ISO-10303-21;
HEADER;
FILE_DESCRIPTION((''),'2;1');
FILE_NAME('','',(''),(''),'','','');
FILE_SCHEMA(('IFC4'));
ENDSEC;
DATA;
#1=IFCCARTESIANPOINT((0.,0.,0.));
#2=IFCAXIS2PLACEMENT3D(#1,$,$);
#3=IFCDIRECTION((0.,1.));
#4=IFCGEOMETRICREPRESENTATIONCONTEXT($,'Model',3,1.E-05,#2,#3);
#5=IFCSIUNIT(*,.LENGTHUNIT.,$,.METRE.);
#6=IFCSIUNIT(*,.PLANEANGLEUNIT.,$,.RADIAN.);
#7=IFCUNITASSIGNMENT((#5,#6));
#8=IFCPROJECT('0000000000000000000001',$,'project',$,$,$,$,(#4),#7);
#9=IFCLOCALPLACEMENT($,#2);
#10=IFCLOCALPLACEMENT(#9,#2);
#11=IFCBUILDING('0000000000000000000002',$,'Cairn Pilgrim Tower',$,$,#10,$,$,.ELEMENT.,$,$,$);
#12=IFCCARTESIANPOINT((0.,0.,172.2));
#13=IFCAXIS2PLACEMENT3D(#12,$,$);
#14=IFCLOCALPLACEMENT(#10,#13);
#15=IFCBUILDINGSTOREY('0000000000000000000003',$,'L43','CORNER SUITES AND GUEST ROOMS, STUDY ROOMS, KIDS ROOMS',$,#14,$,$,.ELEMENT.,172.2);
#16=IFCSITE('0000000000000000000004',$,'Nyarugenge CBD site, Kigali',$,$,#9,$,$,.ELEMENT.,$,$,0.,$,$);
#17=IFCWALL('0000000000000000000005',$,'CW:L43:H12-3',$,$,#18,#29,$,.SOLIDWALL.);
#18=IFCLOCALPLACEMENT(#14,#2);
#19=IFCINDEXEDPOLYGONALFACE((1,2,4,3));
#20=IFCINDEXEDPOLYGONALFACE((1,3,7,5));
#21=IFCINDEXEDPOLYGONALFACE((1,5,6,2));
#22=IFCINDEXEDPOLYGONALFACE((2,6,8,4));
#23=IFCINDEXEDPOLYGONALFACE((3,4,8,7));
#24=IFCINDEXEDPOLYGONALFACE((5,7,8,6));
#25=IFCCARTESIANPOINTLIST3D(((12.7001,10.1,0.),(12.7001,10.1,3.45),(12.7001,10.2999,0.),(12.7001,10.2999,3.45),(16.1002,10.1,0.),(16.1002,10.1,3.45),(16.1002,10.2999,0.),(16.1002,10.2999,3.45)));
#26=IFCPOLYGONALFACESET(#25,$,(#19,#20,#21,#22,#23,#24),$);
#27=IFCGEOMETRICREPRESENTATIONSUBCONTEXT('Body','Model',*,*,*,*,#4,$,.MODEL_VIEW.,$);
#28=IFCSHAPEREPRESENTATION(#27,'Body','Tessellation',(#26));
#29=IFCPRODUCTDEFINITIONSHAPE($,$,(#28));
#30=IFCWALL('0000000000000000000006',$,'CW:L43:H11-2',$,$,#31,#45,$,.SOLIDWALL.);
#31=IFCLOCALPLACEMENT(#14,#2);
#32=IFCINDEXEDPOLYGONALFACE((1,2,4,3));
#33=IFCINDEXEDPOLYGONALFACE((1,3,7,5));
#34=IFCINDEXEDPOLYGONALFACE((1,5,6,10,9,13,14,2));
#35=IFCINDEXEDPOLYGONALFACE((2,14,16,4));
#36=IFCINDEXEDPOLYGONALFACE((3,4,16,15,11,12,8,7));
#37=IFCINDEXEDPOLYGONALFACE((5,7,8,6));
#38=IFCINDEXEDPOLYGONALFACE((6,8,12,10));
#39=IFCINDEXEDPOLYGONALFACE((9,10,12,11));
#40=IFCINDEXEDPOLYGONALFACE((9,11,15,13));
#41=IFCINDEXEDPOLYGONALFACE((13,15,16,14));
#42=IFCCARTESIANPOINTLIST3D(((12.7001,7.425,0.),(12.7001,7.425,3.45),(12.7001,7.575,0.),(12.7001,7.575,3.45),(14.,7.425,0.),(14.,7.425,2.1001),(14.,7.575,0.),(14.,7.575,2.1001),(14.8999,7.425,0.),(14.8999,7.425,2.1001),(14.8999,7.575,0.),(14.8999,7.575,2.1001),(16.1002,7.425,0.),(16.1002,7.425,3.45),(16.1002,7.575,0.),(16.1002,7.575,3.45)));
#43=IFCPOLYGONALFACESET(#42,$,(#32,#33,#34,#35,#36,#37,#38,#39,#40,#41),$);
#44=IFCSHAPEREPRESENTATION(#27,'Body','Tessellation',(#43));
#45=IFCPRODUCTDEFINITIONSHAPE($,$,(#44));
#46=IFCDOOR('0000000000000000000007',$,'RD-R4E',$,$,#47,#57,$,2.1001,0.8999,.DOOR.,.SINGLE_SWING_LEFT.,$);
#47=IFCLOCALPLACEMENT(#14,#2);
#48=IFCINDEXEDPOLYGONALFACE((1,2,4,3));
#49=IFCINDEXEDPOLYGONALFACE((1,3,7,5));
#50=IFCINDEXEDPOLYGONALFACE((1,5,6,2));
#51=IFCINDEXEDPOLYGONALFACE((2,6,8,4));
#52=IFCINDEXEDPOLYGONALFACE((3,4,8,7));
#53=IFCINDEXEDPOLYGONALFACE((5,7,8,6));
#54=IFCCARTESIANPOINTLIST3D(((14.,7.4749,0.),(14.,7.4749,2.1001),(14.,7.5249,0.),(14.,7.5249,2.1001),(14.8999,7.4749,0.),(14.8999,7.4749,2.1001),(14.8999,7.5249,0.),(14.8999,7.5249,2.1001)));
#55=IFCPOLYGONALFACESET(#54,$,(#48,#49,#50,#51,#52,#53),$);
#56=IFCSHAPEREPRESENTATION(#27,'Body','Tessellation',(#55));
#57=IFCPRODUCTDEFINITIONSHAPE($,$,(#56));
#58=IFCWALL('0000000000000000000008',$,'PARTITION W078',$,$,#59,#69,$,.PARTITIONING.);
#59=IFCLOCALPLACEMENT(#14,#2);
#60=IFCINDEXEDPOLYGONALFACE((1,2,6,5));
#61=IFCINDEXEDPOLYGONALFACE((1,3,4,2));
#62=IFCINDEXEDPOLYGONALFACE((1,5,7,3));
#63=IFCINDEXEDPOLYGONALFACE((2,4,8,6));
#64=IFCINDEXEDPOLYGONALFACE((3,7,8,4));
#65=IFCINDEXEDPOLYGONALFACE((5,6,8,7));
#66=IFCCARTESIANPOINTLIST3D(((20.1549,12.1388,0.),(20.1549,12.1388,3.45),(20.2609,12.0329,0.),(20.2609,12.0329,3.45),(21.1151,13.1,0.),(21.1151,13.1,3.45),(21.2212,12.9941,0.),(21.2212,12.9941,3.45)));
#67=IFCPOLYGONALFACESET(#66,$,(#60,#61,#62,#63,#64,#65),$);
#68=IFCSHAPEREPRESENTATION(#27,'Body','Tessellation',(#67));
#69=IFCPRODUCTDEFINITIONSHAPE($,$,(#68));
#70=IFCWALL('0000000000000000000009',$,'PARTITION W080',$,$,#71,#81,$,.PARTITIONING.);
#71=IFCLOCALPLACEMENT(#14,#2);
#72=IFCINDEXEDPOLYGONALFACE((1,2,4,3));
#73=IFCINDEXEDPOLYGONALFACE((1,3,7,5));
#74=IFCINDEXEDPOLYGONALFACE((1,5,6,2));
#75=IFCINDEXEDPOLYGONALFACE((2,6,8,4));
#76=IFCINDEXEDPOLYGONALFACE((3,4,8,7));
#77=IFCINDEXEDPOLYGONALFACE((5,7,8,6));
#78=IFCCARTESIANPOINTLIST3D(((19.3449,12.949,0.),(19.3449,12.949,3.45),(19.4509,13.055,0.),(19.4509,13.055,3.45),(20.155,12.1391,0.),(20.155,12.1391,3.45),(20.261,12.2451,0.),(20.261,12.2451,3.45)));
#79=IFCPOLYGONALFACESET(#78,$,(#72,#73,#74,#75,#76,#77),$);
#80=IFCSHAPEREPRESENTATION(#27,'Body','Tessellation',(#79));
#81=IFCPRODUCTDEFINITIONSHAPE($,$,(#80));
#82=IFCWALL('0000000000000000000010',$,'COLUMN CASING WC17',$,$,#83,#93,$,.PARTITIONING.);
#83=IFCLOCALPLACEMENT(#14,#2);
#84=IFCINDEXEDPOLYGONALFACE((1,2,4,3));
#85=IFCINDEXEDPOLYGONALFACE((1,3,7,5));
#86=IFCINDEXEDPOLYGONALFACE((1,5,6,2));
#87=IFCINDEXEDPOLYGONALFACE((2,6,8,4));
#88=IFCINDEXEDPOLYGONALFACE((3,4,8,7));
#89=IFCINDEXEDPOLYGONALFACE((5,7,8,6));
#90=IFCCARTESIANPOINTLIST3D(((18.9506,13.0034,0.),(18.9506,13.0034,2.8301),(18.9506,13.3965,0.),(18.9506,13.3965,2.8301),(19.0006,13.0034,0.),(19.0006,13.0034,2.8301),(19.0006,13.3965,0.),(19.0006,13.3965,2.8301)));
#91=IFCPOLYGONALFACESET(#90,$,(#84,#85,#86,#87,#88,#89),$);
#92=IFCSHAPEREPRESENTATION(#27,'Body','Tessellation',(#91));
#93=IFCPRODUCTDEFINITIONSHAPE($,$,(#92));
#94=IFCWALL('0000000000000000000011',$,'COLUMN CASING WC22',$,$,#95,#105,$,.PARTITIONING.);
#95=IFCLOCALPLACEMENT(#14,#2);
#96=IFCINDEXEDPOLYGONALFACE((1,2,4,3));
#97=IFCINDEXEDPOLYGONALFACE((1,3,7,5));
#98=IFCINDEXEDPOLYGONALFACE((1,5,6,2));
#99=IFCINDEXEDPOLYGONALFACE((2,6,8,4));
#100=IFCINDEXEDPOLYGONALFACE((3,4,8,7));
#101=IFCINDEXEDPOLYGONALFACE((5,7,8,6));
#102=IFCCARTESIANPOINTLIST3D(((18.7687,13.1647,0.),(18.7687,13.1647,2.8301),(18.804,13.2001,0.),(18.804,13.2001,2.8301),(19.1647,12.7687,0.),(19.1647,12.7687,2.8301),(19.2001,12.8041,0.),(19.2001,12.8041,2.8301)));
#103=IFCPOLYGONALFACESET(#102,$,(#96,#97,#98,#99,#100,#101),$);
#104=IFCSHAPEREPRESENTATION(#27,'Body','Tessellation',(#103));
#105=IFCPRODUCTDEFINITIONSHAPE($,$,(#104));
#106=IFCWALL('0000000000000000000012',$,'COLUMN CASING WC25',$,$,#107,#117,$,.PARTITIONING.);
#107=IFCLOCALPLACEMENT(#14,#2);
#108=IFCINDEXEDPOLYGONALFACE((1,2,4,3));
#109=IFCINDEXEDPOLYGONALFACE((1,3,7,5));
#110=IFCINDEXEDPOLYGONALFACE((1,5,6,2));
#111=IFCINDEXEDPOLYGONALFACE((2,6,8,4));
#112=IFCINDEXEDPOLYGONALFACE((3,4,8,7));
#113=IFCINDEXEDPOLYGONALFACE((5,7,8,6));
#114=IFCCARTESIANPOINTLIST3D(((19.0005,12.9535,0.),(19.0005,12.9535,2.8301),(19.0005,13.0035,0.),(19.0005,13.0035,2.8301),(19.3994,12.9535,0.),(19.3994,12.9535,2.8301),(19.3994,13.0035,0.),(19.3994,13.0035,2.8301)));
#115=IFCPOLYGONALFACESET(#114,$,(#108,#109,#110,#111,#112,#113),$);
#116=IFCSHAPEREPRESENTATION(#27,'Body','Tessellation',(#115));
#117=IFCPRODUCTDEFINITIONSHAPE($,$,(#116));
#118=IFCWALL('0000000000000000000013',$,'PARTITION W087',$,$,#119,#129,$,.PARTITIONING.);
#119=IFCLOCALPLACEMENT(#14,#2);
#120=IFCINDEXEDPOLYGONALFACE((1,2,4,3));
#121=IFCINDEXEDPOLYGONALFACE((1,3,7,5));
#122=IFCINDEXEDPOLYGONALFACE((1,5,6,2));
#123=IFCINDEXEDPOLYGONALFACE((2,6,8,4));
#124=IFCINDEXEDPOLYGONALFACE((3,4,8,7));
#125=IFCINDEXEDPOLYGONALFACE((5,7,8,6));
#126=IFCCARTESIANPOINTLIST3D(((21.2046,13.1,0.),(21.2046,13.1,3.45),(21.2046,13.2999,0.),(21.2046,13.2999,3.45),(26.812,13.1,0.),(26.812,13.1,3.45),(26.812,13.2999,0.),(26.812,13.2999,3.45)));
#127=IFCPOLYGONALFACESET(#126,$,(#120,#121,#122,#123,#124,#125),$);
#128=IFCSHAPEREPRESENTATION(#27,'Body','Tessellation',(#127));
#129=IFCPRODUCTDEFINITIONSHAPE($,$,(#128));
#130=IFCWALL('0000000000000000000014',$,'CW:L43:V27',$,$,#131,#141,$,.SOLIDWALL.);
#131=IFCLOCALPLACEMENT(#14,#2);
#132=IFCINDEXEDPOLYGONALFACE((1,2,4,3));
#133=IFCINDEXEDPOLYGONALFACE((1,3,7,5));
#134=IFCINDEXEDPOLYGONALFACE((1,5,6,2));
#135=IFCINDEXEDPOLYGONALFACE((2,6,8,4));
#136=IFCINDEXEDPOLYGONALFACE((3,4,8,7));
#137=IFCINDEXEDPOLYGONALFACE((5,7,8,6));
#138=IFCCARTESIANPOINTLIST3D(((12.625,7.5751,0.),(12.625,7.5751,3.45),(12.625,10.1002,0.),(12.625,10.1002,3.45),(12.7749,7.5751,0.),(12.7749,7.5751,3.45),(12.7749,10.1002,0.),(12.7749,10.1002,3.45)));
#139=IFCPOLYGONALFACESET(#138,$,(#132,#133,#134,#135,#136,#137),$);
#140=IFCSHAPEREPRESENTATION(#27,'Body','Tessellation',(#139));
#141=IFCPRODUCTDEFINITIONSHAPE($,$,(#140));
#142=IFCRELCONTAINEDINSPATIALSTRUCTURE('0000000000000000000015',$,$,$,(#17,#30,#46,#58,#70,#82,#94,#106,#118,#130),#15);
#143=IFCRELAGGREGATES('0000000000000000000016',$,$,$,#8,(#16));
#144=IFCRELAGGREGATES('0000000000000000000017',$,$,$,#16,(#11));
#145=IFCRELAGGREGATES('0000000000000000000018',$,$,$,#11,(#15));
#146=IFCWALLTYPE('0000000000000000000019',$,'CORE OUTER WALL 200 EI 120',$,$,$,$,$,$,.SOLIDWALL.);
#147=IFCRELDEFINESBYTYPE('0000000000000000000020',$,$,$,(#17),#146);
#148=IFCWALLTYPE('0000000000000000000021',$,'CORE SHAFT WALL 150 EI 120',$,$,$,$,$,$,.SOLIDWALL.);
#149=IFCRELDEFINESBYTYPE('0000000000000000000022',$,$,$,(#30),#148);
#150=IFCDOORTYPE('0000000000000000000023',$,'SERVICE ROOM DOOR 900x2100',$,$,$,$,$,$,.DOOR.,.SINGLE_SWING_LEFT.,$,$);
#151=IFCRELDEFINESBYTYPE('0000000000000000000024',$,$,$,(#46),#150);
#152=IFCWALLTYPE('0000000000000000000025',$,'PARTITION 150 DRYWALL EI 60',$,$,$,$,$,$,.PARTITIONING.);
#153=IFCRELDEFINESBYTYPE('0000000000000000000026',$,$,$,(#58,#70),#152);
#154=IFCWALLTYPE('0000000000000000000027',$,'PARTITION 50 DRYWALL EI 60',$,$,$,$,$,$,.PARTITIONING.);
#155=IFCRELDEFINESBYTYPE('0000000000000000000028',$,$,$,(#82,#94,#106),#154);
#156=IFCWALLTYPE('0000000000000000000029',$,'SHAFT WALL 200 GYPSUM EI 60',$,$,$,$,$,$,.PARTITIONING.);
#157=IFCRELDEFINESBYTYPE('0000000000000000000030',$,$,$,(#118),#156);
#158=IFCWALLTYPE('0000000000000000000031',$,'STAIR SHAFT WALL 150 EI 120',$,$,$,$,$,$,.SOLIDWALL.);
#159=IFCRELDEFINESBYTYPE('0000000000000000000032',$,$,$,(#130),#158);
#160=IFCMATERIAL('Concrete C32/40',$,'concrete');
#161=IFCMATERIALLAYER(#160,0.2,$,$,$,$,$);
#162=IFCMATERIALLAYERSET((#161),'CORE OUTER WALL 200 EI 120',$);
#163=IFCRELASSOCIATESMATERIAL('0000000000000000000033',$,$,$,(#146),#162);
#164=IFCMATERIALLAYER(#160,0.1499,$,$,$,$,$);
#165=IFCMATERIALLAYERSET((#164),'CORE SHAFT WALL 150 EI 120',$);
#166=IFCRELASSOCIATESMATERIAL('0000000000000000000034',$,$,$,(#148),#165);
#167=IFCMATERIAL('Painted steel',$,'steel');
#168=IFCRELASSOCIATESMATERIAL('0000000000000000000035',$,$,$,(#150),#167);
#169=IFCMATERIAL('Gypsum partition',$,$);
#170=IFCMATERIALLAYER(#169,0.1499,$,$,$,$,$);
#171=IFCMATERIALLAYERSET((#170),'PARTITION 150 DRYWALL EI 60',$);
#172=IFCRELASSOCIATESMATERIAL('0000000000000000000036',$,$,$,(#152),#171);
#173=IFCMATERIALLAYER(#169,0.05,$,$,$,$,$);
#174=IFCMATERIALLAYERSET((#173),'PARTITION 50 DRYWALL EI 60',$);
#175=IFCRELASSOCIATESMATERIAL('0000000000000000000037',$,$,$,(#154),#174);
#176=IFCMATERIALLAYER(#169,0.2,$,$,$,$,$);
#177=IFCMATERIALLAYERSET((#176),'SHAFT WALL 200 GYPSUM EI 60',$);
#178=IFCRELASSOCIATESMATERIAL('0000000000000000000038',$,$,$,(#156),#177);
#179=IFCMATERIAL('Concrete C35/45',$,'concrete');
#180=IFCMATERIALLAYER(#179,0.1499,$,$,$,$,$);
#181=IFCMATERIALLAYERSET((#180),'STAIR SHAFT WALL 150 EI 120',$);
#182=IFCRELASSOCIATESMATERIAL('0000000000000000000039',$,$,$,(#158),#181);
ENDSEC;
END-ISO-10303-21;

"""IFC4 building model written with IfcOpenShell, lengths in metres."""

from ifc_helpers import new_model, si_unit, direction, frame, frame_2d, origin, place, context, subcontext, project, spatial, rectangle, extrude, material, layer, layer_set, type_object, element, fill, save


model = new_model("IFC4")

# Units and contexts
model_context = context("Model", 3, precision=1e-05, world=origin(), true_north=direction((0.0, 1.0)))
body_context = subcontext(model_context, "Body", "Model", "MODEL_VIEW")
ifc_project = project(units=[si_unit("LENGTHUNIT", "METRE"), si_unit("PLANEANGLEUNIT", "RADIAN")], contexts=[model_context])

# Site, building, storey
site_placement = place(None, origin())
site = spatial("IfcSite", under=ifc_project, at=site_placement, Name="Nyarugenge CBD site, Kigali", CompositionType="ELEMENT", RefElevation=0.0)
building_placement = place(site_placement, origin())
building = spatial("IfcBuilding", under=site, at=building_placement, Name="Cairn Pilgrim Tower", CompositionType="ELEMENT")
storey_placement = place(building_placement, frame((0.0, 0.0, 172.2)))
storey = spatial("IfcBuildingStorey", under=building, at=storey_placement, Name="L43", Description="CORNER SUITES AND GUEST ROOMS, STUDY ROOMS, KIDS ROOMS", CompositionType="ELEMENT", Elevation=172.2)

# Wall
ifc_material_1 = material(Name="Concrete C32/40", Category="concrete")
ifc_layer_1 = layer(ifc_material_1, 0.2)
ifc_layer_set_1 = layer_set([ifc_layer_1], Name="CORE OUTER WALL 200 EI 120")
wall_type_1 = type_object("IfcWallType", Name="CORE OUTER WALL 200 EI 120", PredefinedType="SOLIDWALL", material=ifc_layer_set_1)
wall_1_placement = place(storey_placement, frame((12.7, 10.2, 0.0), z_axis=(0.0, 0.0, 1.0), x_axis=(1.0, 0.0, 0.0)))
element("IfcWall", 1, at=wall_1_placement, inside=storey, type_object=wall_type_1, Name="CW:L43:H12-3", PredefinedType="SOLIDWALL", context=body_context, shape_type="SweptSolid", body=[
    extrude(rectangle(XDim=3.4001, YDim=0.2, at=frame_2d((1.7002, 0.0))), origin(), (0.0, 0.0, 1.0), 3.45),
])

# Wall, opening, door
ifc_layer_2 = layer(ifc_material_1, 0.1499)
ifc_layer_set_2 = layer_set([ifc_layer_2], Name="CORE SHAFT WALL 150 EI 120")
wall_type_2 = type_object("IfcWallType", Name="CORE SHAFT WALL 150 EI 120", PredefinedType="SOLIDWALL", material=ifc_layer_set_2)
wall_2_placement = place(storey_placement, frame((12.7, 7.5, 0.0), z_axis=(0.0, 0.0, 1.0), x_axis=(1.0, 0.0, 0.0)))
wall_2 = element("IfcWall", 2, at=wall_2_placement, inside=storey, type_object=wall_type_2, Name="CW:L43:H11-2", PredefinedType="SOLIDWALL", context=body_context, shape_type="SweptSolid", body=[
    extrude(rectangle(XDim=3.4001, YDim=0.1499, at=frame_2d((1.7002, 0.0))), origin(), (0.0, 0.0, 1.0), 3.45),
])
opening_placement = place(wall_2_placement, frame((1.3, 0.0, 0.0)))
opening = element("IfcOpeningElement", 3, at=opening_placement, cuts=wall_2, PredefinedType="OPENING", context=body_context, shape_type="SweptSolid", body=[
    extrude(rectangle(XDim=0.8999, YDim=2.1001, at=frame_2d((0.45, 1.05))), frame((0.0, 0.085, 0.0), z_axis=(0.0, -1.0, 0.0), x_axis=(1.0, 0.0, 0.0)), (0.0, 0.0, 1.0), 0.1699),
])
ifc_material_2 = material(Name="Painted steel", Category="steel")
door_type = type_object("IfcDoorType", Name="SERVICE ROOM DOOR 900x2100", OperationType="SINGLE_SWING_LEFT", PredefinedType="DOOR", material=ifc_material_2)
door_placement = place(opening_placement, origin())
door = element("IfcDoor", 4, at=door_placement, inside=storey, type_object=door_type, Name="RD-R4E", OperationType="SINGLE_SWING_LEFT", OverallHeight=2.1001, OverallWidth=0.8999, PredefinedType="DOOR", context=body_context, shape_type="SweptSolid", body=[
    extrude(rectangle(XDim=0.8999, YDim=2.1001, at=frame_2d((0.45, 1.05))), frame((0.0, 0.0249, 0.0), z_axis=(0.0, -1.0, 0.0), x_axis=(1.0, 0.0, 0.0)), (0.0, 0.0, 1.0), 0.05),
])
fill(opening, door)

# Walls
ifc_material_3 = material(Name="Gypsum partition")
ifc_layer_3 = layer(ifc_material_3, 0.1499)
ifc_layer_set_3 = layer_set([ifc_layer_3], Name="PARTITION 150 DRYWALL EI 60")
wall_type_3 = type_object("IfcWallType", Name="PARTITION 150 DRYWALL EI 60", PredefinedType="PARTITIONING", material=ifc_layer_set_3)
wall_3_placement = place(storey_placement, frame((20.208, 12.0859, 0.0), z_axis=(0.0, 0.0, 1.0), x_axis=(0.706747, 0.707466, 0.0)))
element("IfcWall", 5, at=wall_3_placement, inside=storey, type_object=wall_type_3, Name="PARTITION W078", PredefinedType="PARTITIONING", context=body_context, shape_type="SweptSolid", body=[
    extrude(rectangle(XDim=1.3586, YDim=0.1499, at=frame_2d((0.6792, 0.0))), origin(), (0.0, 0.0, 1.0), 3.45),
])
wall_4_placement = place(storey_placement, frame((20.208, 12.1921, 0.0), z_axis=(0.0, 0.0, 1.0), x_axis=(-0.707213, 0.707, 0.0)))
element("IfcWall", 6, at=wall_4_placement, inside=storey, type_object=wall_type_3, Name="PARTITION W080", PredefinedType="PARTITIONING", context=body_context, shape_type="SweptSolid", body=[
    extrude(rectangle(XDim=1.1455, YDim=0.1499, at=frame_2d((0.5728, 0.0))), origin(), (0.0, 0.0, 1.0), 3.45),
])
ifc_layer_4 = layer(ifc_material_3, 0.05)
ifc_layer_set_4 = layer_set([ifc_layer_4], Name="PARTITION 50 DRYWALL EI 60")
wall_type_4 = type_object("IfcWallType", Name="PARTITION 50 DRYWALL EI 60", PredefinedType="PARTITIONING", material=ifc_layer_set_4)
wall_5_placement = place(storey_placement, frame((18.9756, 13.0034, 0.0), z_axis=(0.0, 0.0, 1.0), x_axis=(0.0, 1.0, 0.0)))
element("IfcWall", 7, at=wall_5_placement, inside=storey, type_object=wall_type_4, Name="COLUMN CASING WC17", PredefinedType="PARTITIONING", context=body_context, shape_type="SweptSolid", body=[
    extrude(rectangle(XDim=0.3931, YDim=0.05, at=frame_2d((0.1965, 0.0))), origin(), (0.0, 0.0, 1.0), 2.8301),
])
wall_6_placement = place(storey_placement, frame((19.1824, 12.7864, 0.0), z_axis=(0.0, 0.0, 1.0), x_axis=(-0.707107, 0.707107, 0.0)))
element("IfcWall", 8, at=wall_6_placement, inside=storey, type_object=wall_type_4, Name="COLUMN CASING WC22", PredefinedType="PARTITIONING", context=body_context, shape_type="SweptSolid", body=[
    extrude(rectangle(XDim=0.5601, YDim=0.05, at=frame_2d((0.28, 0.0))), origin(), (0.0, 0.0, 1.0), 2.8301),
])
wall_7_placement = place(storey_placement, frame((19.0005, 12.9785, 0.0), z_axis=(0.0, 0.0, 1.0), x_axis=(1.0, 0.0, 0.0)))
element("IfcWall", 9, at=wall_7_placement, inside=storey, type_object=wall_type_4, Name="COLUMN CASING WC25", PredefinedType="PARTITIONING", context=body_context, shape_type="SweptSolid", body=[
    extrude(rectangle(XDim=0.3989, YDim=0.05, at=frame_2d((0.1995, 0.0))), origin(), (0.0, 0.0, 1.0), 2.8301),
])
ifc_layer_5 = layer(ifc_material_3, 0.2)
ifc_layer_set_5 = layer_set([ifc_layer_5], Name="SHAFT WALL 200 GYPSUM EI 60")
wall_type_5 = type_object("IfcWallType", Name="SHAFT WALL 200 GYPSUM EI 60", PredefinedType="PARTITIONING", material=ifc_layer_set_5)
wall_8_placement = place(storey_placement, frame((21.2046, 13.2, 0.0), z_axis=(0.0, 0.0, 1.0), x_axis=(1.0, 0.0, 0.0)))
element("IfcWall", 10, at=wall_8_placement, inside=storey, type_object=wall_type_5, Name="PARTITION W087", PredefinedType="PARTITIONING", context=body_context, shape_type="SweptSolid", body=[
    extrude(rectangle(XDim=5.6074, YDim=0.2, at=frame_2d((2.8037, 0.0))), origin(), (0.0, 0.0, 1.0), 3.45),
])
ifc_material_4 = material(Name="Concrete C35/45", Category="concrete")
ifc_layer_6 = layer(ifc_material_4, 0.1499)
ifc_layer_set_6 = layer_set([ifc_layer_6], Name="STAIR SHAFT WALL 150 EI 120")
wall_type_6 = type_object("IfcWallType", Name="STAIR SHAFT WALL 150 EI 120", PredefinedType="SOLIDWALL", material=ifc_layer_set_6)
wall_9_placement = place(storey_placement, frame((12.7, 7.575, 0.0), z_axis=(0.0, 0.0, 1.0), x_axis=(0.0, 1.0, 0.0)))
element("IfcWall", 11, at=wall_9_placement, inside=storey, type_object=wall_type_6, Name="CW:L43:V27", PredefinedType="SOLIDWALL", context=body_context, shape_type="SweptSolid", body=[
    extrude(rectangle(XDim=2.5251, YDim=0.1499, at=frame_2d((1.2627, 0.0))), origin(), (0.0, 0.0, 1.0), 3.45),
])

save(model, "model.ifc")
